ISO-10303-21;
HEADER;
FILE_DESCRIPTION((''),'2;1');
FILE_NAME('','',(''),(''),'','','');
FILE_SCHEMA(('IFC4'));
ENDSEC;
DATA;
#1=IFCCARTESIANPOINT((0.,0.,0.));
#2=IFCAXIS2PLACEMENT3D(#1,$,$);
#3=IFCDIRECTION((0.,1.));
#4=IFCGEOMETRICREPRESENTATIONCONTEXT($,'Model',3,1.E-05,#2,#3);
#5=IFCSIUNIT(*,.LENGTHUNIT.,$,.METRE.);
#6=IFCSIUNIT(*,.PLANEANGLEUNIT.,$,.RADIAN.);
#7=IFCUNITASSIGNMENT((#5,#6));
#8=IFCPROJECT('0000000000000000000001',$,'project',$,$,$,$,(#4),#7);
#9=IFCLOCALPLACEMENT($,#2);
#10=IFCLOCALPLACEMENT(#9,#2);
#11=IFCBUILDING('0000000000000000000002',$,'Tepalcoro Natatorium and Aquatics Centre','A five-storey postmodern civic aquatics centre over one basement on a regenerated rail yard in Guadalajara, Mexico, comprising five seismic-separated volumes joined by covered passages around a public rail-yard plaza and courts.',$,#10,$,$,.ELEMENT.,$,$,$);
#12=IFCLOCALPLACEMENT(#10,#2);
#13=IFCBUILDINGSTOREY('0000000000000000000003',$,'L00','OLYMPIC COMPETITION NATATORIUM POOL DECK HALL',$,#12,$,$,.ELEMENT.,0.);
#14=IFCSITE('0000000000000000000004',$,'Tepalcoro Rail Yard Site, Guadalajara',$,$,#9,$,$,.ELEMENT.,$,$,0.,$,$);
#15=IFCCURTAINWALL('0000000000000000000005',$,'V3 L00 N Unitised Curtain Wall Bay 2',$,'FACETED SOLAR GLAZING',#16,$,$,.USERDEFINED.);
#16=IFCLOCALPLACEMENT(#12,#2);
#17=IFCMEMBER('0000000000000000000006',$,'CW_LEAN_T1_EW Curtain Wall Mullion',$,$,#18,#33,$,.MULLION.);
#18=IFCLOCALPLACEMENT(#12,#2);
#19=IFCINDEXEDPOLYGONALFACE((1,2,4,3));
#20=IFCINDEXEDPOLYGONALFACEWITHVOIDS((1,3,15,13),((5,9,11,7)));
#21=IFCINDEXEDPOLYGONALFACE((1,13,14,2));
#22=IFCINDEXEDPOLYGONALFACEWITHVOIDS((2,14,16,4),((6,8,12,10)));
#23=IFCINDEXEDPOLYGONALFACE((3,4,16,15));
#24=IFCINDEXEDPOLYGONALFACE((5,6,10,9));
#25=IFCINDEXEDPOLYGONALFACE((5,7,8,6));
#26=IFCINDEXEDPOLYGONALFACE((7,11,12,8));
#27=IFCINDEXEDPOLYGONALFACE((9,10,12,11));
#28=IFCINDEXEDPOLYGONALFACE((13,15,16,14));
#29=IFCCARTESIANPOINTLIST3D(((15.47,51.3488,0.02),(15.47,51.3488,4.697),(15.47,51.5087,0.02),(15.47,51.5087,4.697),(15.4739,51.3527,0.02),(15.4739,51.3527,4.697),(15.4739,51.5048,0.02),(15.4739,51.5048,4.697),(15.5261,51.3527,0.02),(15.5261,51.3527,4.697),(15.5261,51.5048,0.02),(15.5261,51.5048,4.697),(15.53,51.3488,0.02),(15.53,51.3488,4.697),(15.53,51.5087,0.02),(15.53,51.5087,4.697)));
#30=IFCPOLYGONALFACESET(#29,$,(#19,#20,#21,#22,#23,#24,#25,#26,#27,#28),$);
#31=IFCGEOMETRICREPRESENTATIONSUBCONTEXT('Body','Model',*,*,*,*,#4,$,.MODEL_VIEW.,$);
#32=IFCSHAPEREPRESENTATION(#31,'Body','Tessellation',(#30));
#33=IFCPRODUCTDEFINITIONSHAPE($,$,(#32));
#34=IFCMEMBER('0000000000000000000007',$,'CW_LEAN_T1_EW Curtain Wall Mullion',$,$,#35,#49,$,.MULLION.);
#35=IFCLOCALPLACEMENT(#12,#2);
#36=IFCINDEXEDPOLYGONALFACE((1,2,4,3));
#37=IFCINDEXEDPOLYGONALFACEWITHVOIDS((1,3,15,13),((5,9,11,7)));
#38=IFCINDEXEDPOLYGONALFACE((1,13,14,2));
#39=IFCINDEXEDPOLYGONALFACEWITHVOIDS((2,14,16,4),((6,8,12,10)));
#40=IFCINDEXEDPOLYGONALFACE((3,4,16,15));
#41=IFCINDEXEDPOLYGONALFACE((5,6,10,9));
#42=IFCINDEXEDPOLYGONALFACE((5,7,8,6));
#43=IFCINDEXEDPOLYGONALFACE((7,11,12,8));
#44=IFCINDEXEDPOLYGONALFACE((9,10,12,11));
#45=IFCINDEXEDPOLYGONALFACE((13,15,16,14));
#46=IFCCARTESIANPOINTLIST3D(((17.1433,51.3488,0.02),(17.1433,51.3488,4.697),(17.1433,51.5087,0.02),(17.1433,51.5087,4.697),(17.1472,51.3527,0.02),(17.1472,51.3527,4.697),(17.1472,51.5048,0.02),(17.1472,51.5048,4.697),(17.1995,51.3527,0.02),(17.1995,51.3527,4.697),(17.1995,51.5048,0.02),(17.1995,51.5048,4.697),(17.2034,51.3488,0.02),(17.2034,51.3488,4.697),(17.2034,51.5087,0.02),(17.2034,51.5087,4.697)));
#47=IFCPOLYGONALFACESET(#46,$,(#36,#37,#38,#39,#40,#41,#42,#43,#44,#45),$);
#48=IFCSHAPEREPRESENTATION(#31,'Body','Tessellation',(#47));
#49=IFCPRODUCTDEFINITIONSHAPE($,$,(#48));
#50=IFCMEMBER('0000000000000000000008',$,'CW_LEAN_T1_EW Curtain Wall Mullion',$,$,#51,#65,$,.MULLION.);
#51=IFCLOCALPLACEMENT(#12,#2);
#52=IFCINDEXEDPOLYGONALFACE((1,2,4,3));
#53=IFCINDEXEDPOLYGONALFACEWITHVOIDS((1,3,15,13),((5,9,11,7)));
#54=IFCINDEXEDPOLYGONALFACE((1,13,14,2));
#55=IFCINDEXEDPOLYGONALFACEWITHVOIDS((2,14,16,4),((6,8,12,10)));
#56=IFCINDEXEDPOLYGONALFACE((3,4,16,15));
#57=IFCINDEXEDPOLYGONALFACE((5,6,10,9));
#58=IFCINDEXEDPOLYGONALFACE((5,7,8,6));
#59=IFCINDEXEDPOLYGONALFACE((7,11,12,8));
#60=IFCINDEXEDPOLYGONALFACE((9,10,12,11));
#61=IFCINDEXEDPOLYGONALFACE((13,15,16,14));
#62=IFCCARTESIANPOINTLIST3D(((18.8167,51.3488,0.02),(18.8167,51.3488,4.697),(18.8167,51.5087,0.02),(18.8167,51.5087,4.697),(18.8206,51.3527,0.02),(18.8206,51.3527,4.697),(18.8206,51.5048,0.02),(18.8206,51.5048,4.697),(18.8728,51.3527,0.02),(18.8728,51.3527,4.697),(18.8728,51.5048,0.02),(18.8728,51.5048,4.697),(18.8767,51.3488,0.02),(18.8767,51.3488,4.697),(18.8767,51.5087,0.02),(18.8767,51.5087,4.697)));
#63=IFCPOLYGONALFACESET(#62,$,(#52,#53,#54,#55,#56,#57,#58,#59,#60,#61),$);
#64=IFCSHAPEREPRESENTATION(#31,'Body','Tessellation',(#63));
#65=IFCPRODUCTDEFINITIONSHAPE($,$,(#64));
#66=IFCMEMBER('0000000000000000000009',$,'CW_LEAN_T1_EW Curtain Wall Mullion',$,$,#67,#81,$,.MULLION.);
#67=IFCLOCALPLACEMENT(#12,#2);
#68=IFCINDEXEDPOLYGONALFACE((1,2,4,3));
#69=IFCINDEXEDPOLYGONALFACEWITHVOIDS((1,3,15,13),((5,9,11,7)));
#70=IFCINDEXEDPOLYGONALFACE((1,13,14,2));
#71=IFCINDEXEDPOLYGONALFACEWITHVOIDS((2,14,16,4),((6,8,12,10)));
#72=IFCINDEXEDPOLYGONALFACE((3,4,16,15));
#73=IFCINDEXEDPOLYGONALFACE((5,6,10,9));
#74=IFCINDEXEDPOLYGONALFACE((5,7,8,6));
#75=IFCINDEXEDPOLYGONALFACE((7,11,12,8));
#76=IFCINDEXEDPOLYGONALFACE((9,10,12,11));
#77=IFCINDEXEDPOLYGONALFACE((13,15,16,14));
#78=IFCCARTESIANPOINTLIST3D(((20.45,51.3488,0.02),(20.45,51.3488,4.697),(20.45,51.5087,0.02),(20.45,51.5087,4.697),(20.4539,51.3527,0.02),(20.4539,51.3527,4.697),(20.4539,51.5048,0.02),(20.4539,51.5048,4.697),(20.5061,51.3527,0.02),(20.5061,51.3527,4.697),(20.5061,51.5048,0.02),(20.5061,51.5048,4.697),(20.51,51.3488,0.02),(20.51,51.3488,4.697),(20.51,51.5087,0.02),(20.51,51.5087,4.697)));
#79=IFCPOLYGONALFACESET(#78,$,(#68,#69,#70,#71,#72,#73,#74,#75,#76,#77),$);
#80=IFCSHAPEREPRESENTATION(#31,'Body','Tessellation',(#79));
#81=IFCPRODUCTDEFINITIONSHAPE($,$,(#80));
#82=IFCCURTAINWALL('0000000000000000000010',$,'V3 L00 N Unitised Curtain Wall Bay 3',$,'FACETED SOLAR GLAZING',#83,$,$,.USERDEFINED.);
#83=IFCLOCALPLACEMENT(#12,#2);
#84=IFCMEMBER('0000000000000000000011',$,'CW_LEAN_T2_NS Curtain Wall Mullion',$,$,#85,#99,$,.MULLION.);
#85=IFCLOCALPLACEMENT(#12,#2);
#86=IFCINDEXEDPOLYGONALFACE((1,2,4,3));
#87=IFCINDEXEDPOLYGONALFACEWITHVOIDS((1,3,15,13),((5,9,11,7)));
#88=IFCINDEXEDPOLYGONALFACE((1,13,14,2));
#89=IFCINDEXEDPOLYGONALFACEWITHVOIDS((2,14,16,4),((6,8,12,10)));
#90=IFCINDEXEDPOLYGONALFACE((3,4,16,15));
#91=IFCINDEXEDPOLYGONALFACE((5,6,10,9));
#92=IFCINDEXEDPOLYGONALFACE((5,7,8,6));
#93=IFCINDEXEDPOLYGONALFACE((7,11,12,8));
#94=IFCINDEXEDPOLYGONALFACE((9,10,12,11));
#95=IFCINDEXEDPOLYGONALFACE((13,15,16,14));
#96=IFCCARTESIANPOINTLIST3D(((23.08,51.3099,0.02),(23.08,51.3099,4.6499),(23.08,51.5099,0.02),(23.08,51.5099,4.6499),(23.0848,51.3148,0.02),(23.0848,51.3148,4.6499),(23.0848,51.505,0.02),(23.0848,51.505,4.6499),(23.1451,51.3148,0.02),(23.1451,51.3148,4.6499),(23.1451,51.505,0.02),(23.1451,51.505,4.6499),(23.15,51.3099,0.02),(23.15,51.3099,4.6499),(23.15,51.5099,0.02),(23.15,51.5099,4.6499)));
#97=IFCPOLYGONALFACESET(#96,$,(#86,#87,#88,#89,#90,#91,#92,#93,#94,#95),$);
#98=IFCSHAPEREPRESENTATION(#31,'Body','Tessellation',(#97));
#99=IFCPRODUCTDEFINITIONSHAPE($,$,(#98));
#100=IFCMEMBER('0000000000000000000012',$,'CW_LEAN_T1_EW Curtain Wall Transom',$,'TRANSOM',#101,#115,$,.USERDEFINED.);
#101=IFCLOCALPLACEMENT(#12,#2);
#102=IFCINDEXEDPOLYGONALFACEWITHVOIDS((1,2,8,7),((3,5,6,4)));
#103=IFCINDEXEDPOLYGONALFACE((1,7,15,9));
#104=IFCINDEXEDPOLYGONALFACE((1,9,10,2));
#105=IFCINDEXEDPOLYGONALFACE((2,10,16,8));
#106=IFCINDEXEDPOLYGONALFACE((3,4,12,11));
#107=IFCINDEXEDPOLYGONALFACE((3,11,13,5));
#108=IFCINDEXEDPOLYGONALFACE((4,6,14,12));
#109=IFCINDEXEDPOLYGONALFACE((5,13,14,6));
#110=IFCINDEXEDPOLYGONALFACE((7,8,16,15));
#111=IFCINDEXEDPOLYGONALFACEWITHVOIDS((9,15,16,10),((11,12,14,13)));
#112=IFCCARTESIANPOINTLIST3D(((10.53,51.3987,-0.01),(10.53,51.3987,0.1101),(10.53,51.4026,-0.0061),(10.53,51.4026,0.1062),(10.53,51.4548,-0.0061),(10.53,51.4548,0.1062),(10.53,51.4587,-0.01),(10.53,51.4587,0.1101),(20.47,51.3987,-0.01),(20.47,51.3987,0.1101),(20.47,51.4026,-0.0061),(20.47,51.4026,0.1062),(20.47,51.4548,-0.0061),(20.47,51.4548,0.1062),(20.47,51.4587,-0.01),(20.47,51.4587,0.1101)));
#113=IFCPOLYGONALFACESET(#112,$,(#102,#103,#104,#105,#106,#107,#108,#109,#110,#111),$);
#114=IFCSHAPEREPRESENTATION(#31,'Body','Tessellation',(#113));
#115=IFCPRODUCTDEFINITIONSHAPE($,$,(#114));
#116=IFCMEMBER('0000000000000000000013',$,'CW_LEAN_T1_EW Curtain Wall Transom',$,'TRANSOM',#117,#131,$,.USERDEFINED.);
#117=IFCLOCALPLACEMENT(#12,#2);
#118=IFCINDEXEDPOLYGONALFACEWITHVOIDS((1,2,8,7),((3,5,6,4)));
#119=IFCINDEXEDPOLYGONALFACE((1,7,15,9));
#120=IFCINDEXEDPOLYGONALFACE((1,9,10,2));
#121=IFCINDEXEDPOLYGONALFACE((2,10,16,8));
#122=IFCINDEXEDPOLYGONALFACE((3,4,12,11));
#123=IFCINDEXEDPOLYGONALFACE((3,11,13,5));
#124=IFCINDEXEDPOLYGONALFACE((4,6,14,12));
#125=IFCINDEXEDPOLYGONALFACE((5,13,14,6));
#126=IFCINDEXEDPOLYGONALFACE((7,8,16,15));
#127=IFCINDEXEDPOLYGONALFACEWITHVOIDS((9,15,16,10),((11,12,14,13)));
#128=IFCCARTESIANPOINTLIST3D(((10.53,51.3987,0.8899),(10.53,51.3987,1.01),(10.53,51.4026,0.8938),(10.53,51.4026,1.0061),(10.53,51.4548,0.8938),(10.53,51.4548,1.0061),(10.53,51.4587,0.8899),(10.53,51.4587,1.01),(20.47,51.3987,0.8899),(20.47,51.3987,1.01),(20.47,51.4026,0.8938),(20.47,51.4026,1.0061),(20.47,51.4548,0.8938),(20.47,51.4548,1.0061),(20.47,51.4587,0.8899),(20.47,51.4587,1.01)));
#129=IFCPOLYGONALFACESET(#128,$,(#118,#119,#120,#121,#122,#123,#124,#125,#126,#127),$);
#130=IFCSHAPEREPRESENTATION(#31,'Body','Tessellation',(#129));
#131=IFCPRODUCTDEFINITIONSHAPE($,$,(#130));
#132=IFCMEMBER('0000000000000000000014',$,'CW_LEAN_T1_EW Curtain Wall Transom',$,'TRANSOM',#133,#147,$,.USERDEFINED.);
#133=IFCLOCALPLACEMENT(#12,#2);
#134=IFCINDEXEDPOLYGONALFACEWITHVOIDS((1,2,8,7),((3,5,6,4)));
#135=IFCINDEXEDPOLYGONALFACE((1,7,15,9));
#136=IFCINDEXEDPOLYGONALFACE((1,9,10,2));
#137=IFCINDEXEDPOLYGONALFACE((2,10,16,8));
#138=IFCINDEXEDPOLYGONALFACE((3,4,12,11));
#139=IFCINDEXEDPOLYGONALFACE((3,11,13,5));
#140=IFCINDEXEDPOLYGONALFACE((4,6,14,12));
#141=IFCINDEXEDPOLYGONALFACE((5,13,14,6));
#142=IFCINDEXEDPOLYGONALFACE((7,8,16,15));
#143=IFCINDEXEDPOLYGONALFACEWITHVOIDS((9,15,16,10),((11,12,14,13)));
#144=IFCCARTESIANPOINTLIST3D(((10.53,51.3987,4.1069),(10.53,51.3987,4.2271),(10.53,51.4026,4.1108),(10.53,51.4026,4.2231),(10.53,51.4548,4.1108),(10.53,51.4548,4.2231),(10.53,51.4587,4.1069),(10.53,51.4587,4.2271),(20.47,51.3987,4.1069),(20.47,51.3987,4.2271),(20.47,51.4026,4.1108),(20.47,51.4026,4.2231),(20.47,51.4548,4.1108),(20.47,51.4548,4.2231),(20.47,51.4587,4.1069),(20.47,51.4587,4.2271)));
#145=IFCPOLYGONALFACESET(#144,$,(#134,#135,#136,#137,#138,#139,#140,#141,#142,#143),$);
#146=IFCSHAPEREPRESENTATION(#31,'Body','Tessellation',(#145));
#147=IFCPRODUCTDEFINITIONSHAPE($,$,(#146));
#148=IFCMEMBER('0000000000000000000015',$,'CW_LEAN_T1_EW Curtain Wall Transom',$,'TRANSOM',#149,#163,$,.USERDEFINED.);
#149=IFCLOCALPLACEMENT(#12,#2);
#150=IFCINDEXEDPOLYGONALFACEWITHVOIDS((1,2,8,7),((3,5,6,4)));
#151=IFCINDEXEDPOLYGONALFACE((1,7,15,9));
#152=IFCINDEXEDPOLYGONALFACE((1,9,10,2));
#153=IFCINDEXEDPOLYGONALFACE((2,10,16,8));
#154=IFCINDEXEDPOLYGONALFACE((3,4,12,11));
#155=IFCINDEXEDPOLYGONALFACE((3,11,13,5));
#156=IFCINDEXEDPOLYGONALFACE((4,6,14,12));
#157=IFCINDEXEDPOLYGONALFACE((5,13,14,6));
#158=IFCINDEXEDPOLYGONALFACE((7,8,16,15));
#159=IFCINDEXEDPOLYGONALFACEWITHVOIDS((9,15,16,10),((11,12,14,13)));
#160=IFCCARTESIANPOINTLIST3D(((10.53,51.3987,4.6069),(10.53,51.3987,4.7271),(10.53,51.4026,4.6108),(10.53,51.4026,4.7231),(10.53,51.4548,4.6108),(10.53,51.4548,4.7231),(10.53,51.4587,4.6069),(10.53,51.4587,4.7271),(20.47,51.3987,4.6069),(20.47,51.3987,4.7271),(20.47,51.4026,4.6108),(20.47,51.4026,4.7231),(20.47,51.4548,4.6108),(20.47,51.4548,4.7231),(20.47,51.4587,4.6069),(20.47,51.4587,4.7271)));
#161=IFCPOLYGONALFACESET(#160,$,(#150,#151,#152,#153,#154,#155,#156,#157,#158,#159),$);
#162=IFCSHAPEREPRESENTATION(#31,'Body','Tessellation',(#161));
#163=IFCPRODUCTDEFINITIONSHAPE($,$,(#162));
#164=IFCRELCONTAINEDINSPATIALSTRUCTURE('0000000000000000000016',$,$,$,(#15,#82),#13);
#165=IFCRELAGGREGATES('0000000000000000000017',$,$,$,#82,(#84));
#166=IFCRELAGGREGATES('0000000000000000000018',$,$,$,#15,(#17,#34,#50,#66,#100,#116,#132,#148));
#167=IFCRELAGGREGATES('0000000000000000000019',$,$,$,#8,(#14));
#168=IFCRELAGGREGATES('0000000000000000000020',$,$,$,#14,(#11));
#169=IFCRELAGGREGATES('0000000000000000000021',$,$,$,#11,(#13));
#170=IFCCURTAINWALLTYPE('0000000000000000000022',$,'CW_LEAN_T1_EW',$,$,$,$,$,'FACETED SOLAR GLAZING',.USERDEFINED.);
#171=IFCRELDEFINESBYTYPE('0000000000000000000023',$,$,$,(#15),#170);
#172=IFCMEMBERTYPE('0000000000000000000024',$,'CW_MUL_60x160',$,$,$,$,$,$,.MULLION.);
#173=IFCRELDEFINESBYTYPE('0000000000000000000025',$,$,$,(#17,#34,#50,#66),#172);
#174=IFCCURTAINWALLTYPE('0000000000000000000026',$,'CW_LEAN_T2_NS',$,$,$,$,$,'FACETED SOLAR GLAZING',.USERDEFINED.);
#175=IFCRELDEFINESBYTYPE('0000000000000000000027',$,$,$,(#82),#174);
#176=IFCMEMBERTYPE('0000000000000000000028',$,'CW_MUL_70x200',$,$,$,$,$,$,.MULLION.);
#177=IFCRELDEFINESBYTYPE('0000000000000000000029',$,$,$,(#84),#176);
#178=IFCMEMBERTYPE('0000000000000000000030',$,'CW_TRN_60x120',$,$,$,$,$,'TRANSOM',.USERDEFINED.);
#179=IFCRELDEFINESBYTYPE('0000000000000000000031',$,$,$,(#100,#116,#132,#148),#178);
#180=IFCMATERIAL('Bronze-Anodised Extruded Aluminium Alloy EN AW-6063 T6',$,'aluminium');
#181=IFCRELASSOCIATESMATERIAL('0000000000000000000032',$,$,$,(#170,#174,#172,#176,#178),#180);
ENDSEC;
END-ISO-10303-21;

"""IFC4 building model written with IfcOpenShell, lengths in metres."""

from ifc_helpers import new_model, si_unit, direction, frame, origin, origin_2d, place, context, subcontext, project, spatial, hollow_rectangle, extrude, material, material_profile, profile_set, type_object, element, aggregate, save


model = new_model("IFC4")

# Units and contexts
model_context = context("Model", 3, precision=1e-05, world=origin(), true_north=direction((0.0, 1.0)))
body_context = subcontext(model_context, "Body", "Model", "MODEL_VIEW")
ifc_project = project(units=[si_unit("LENGTHUNIT", "METRE"), si_unit("PLANEANGLEUNIT", "RADIAN")], contexts=[model_context])

# Site, building, storey
site_placement = place(None, origin())
site = spatial("IfcSite", under=ifc_project, at=site_placement, Name="Tepalcoro Rail Yard Site, Guadalajara", CompositionType="ELEMENT", RefElevation=0.0)
building_placement = place(site_placement, origin())
building = spatial("IfcBuilding", under=site, at=building_placement, Name="Tepalcoro Natatorium and Aquatics Centre", Description="A five-storey postmodern civic aquatics centre over one basement on a regenerated rail yard in Guadalajara, Mexico, comprising five seismic-separated volumes joined by covered passages around a public rail-yard plaza and courts.", CompositionType="ELEMENT")
storey_placement = place(building_placement, origin())
storey = spatial("IfcBuildingStorey", under=building, at=storey_placement, Name="L00", Description="OLYMPIC COMPETITION NATATORIUM POOL DECK HALL", CompositionType="ELEMENT", Elevation=0.0)

# Curtain wall, members
ifc_material_1 = material(Name="Bronze-Anodised Extruded Aluminium Alloy EN AW-6063 T6", Category="aluminium")
curtain_wall_type_1 = type_object("IfcCurtainWallType", Name="CW_LEAN_T1_EW", ElementType="FACETED SOLAR GLAZING", PredefinedType="USERDEFINED", material=ifc_material_1)
curtain_wall_1_placement = place(storey_placement, origin())
curtain_wall_1 = element("IfcCurtainWall", 1, at=curtain_wall_1_placement, inside=storey, type_object=curtain_wall_type_1, Name="V3 L00 N Unitised Curtain Wall Bay 2", ObjectType="FACETED SOLAR GLAZING", PredefinedType="USERDEFINED")
ifc_material_profile_1 = material_profile(ifc_material_1, hollow_rectangle(XDim=0.0601, YDim=0.1599, WallThickness=0.0039, at=origin_2d()), Name="AL60X160X4")
ifc_profile_set_1 = profile_set([ifc_material_profile_1], Name="Bronze-Anodised Extruded Aluminium Alloy EN AW-6063 T6")
member_type_1 = type_object("IfcMemberType", Name="CW_MUL_60x160", PredefinedType="MULLION", material=ifc_profile_set_1)
member_1_placement = place(storey_placement, frame((15.5, 51.4287, 0.02), z_axis=(0.0, 0.0, 1.0), x_axis=(1.0, 0.0, 0.0)))
member_1 = element("IfcMember", 2, at=member_1_placement, type_object=member_type_1, Name="CW_LEAN_T1_EW Curtain Wall Mullion", PredefinedType="MULLION", context=body_context, shape_type="SweptSolid", body=[
    extrude(hollow_rectangle(XDim=0.0601, YDim=0.1599, WallThickness=0.0039, at=origin_2d()), origin(), (0.0, 0.0, 1.0), 4.677),
])
member_2_placement = place(storey_placement, frame((17.1733, 51.4287, 0.02), z_axis=(0.0, 0.0, 1.0), x_axis=(1.0, 0.0, 0.0)))
member_2 = element("IfcMember", 3, at=member_2_placement, type_object=member_type_1, Name="CW_LEAN_T1_EW Curtain Wall Mullion", PredefinedType="MULLION", context=body_context, shape_type="SweptSolid", body=[
    extrude(hollow_rectangle(XDim=0.0601, YDim=0.1599, WallThickness=0.0039, at=origin_2d()), origin(), (0.0, 0.0, 1.0), 4.677),
])
member_3_placement = place(storey_placement, frame((18.8467, 51.4287, 0.02), z_axis=(0.0, 0.0, 1.0), x_axis=(1.0, 0.0, 0.0)))
member_3 = element("IfcMember", 4, at=member_3_placement, type_object=member_type_1, Name="CW_LEAN_T1_EW Curtain Wall Mullion", PredefinedType="MULLION", context=body_context, shape_type="SweptSolid", body=[
    extrude(hollow_rectangle(XDim=0.0601, YDim=0.1599, WallThickness=0.0039, at=origin_2d()), origin(), (0.0, 0.0, 1.0), 4.677),
])
member_4_placement = place(storey_placement, frame((20.48, 51.4287, 0.02), z_axis=(0.0, 0.0, 1.0), x_axis=(1.0, 0.0, 0.0)))
member_4 = element("IfcMember", 5, at=member_4_placement, type_object=member_type_1, Name="CW_LEAN_T1_EW Curtain Wall Mullion", PredefinedType="MULLION", context=body_context, shape_type="SweptSolid", body=[
    extrude(hollow_rectangle(XDim=0.0601, YDim=0.1599, WallThickness=0.0039, at=origin_2d()), origin(), (0.0, 0.0, 1.0), 4.677),
])

# Curtain wall, member
curtain_wall_type_2 = type_object("IfcCurtainWallType", Name="CW_LEAN_T2_NS", ElementType="FACETED SOLAR GLAZING", PredefinedType="USERDEFINED", material=ifc_material_1)
curtain_wall_2_placement = place(storey_placement, origin())
curtain_wall_2 = element("IfcCurtainWall", 6, at=curtain_wall_2_placement, inside=storey, type_object=curtain_wall_type_2, Name="V3 L00 N Unitised Curtain Wall Bay 3", ObjectType="FACETED SOLAR GLAZING", PredefinedType="USERDEFINED")
ifc_material_profile_2 = material_profile(ifc_material_1, hollow_rectangle(XDim=0.0701, YDim=0.2, WallThickness=0.0049, at=origin_2d()), Name="AL70X200X5")
ifc_profile_set_2 = profile_set([ifc_material_profile_2], Name="Bronze-Anodised Extruded Aluminium Alloy EN AW-6063 T6")
member_type_2 = type_object("IfcMemberType", Name="CW_MUL_70x200", PredefinedType="MULLION", material=ifc_profile_set_2)
member_5_placement = place(storey_placement, frame((23.115, 51.4099, 0.02), z_axis=(0.0, 0.0, 1.0), x_axis=(1.0, 0.0, 0.0)))
member_5 = element("IfcMember", 7, at=member_5_placement, type_object=member_type_2, Name="CW_LEAN_T2_NS Curtain Wall Mullion", PredefinedType="MULLION", context=body_context, shape_type="SweptSolid", body=[
    extrude(hollow_rectangle(XDim=0.0701, YDim=0.2, WallThickness=0.0049, at=origin_2d()), origin(), (0.0, 0.0, 1.0), 4.6299),
])
aggregate(curtain_wall_2, [member_5])

# Members
ifc_material_profile_3 = material_profile(ifc_material_1, hollow_rectangle(XDim=0.0601, YDim=0.1201, WallThickness=0.0039, at=origin_2d()), Name="AL60X120X4")
ifc_profile_set_3 = profile_set([ifc_material_profile_3], Name="Bronze-Anodised Extruded Aluminium Alloy EN AW-6063 T6")
member_type_3 = type_object("IfcMemberType", Name="CW_TRN_60x120", ElementType="TRANSOM", PredefinedType="USERDEFINED", material=ifc_profile_set_3)
member_6_placement = place(storey_placement, frame((10.53, 51.4287, 0.05), z_axis=(1.0, 0.0, 0.0), x_axis=(0.0, 1.0, 0.0)))
member_6 = element("IfcMember", 8, at=member_6_placement, type_object=member_type_3, Name="CW_LEAN_T1_EW Curtain Wall Transom", ObjectType="TRANSOM", PredefinedType="USERDEFINED", context=body_context, shape_type="SweptSolid", body=[
    extrude(hollow_rectangle(XDim=0.0601, YDim=0.1201, WallThickness=0.0039, at=origin_2d()), origin(), (0.0, 0.0, 1.0), 9.9399),
])
member_7_placement = place(storey_placement, frame((10.53, 51.4287, 0.95), z_axis=(1.0, 0.0, 0.0), x_axis=(0.0, 1.0, 0.0)))
member_7 = element("IfcMember", 9, at=member_7_placement, type_object=member_type_3, Name="CW_LEAN_T1_EW Curtain Wall Transom", ObjectType="TRANSOM", PredefinedType="USERDEFINED", context=body_context, shape_type="SweptSolid", body=[
    extrude(hollow_rectangle(XDim=0.0601, YDim=0.1201, WallThickness=0.0039, at=origin_2d()), origin(), (0.0, 0.0, 1.0), 9.9399),
])
member_8_placement = place(storey_placement, frame((10.53, 51.4287, 4.167), z_axis=(1.0, 0.0, 0.0), x_axis=(0.0, 1.0, 0.0)))
member_8 = element("IfcMember", 10, at=member_8_placement, type_object=member_type_3, Name="CW_LEAN_T1_EW Curtain Wall Transom", ObjectType="TRANSOM", PredefinedType="USERDEFINED", context=body_context, shape_type="SweptSolid", body=[
    extrude(hollow_rectangle(XDim=0.0601, YDim=0.1201, WallThickness=0.0039, at=origin_2d()), origin(), (0.0, 0.0, 1.0), 9.9399),
])
member_9_placement = place(storey_placement, frame((10.53, 51.4287, 4.667), z_axis=(1.0, 0.0, 0.0), x_axis=(0.0, 1.0, 0.0)))
member_9 = element("IfcMember", 11, at=member_9_placement, type_object=member_type_3, Name="CW_LEAN_T1_EW Curtain Wall Transom", ObjectType="TRANSOM", PredefinedType="USERDEFINED", context=body_context, shape_type="SweptSolid", body=[
    extrude(hollow_rectangle(XDim=0.0601, YDim=0.1201, WallThickness=0.0039, at=origin_2d()), origin(), (0.0, 0.0, 1.0), 9.9399),
])

aggregate(curtain_wall_1, [member_1, member_2, member_3, member_4, member_6, member_7, member_8, member_9])

save(model, "model.ifc")
